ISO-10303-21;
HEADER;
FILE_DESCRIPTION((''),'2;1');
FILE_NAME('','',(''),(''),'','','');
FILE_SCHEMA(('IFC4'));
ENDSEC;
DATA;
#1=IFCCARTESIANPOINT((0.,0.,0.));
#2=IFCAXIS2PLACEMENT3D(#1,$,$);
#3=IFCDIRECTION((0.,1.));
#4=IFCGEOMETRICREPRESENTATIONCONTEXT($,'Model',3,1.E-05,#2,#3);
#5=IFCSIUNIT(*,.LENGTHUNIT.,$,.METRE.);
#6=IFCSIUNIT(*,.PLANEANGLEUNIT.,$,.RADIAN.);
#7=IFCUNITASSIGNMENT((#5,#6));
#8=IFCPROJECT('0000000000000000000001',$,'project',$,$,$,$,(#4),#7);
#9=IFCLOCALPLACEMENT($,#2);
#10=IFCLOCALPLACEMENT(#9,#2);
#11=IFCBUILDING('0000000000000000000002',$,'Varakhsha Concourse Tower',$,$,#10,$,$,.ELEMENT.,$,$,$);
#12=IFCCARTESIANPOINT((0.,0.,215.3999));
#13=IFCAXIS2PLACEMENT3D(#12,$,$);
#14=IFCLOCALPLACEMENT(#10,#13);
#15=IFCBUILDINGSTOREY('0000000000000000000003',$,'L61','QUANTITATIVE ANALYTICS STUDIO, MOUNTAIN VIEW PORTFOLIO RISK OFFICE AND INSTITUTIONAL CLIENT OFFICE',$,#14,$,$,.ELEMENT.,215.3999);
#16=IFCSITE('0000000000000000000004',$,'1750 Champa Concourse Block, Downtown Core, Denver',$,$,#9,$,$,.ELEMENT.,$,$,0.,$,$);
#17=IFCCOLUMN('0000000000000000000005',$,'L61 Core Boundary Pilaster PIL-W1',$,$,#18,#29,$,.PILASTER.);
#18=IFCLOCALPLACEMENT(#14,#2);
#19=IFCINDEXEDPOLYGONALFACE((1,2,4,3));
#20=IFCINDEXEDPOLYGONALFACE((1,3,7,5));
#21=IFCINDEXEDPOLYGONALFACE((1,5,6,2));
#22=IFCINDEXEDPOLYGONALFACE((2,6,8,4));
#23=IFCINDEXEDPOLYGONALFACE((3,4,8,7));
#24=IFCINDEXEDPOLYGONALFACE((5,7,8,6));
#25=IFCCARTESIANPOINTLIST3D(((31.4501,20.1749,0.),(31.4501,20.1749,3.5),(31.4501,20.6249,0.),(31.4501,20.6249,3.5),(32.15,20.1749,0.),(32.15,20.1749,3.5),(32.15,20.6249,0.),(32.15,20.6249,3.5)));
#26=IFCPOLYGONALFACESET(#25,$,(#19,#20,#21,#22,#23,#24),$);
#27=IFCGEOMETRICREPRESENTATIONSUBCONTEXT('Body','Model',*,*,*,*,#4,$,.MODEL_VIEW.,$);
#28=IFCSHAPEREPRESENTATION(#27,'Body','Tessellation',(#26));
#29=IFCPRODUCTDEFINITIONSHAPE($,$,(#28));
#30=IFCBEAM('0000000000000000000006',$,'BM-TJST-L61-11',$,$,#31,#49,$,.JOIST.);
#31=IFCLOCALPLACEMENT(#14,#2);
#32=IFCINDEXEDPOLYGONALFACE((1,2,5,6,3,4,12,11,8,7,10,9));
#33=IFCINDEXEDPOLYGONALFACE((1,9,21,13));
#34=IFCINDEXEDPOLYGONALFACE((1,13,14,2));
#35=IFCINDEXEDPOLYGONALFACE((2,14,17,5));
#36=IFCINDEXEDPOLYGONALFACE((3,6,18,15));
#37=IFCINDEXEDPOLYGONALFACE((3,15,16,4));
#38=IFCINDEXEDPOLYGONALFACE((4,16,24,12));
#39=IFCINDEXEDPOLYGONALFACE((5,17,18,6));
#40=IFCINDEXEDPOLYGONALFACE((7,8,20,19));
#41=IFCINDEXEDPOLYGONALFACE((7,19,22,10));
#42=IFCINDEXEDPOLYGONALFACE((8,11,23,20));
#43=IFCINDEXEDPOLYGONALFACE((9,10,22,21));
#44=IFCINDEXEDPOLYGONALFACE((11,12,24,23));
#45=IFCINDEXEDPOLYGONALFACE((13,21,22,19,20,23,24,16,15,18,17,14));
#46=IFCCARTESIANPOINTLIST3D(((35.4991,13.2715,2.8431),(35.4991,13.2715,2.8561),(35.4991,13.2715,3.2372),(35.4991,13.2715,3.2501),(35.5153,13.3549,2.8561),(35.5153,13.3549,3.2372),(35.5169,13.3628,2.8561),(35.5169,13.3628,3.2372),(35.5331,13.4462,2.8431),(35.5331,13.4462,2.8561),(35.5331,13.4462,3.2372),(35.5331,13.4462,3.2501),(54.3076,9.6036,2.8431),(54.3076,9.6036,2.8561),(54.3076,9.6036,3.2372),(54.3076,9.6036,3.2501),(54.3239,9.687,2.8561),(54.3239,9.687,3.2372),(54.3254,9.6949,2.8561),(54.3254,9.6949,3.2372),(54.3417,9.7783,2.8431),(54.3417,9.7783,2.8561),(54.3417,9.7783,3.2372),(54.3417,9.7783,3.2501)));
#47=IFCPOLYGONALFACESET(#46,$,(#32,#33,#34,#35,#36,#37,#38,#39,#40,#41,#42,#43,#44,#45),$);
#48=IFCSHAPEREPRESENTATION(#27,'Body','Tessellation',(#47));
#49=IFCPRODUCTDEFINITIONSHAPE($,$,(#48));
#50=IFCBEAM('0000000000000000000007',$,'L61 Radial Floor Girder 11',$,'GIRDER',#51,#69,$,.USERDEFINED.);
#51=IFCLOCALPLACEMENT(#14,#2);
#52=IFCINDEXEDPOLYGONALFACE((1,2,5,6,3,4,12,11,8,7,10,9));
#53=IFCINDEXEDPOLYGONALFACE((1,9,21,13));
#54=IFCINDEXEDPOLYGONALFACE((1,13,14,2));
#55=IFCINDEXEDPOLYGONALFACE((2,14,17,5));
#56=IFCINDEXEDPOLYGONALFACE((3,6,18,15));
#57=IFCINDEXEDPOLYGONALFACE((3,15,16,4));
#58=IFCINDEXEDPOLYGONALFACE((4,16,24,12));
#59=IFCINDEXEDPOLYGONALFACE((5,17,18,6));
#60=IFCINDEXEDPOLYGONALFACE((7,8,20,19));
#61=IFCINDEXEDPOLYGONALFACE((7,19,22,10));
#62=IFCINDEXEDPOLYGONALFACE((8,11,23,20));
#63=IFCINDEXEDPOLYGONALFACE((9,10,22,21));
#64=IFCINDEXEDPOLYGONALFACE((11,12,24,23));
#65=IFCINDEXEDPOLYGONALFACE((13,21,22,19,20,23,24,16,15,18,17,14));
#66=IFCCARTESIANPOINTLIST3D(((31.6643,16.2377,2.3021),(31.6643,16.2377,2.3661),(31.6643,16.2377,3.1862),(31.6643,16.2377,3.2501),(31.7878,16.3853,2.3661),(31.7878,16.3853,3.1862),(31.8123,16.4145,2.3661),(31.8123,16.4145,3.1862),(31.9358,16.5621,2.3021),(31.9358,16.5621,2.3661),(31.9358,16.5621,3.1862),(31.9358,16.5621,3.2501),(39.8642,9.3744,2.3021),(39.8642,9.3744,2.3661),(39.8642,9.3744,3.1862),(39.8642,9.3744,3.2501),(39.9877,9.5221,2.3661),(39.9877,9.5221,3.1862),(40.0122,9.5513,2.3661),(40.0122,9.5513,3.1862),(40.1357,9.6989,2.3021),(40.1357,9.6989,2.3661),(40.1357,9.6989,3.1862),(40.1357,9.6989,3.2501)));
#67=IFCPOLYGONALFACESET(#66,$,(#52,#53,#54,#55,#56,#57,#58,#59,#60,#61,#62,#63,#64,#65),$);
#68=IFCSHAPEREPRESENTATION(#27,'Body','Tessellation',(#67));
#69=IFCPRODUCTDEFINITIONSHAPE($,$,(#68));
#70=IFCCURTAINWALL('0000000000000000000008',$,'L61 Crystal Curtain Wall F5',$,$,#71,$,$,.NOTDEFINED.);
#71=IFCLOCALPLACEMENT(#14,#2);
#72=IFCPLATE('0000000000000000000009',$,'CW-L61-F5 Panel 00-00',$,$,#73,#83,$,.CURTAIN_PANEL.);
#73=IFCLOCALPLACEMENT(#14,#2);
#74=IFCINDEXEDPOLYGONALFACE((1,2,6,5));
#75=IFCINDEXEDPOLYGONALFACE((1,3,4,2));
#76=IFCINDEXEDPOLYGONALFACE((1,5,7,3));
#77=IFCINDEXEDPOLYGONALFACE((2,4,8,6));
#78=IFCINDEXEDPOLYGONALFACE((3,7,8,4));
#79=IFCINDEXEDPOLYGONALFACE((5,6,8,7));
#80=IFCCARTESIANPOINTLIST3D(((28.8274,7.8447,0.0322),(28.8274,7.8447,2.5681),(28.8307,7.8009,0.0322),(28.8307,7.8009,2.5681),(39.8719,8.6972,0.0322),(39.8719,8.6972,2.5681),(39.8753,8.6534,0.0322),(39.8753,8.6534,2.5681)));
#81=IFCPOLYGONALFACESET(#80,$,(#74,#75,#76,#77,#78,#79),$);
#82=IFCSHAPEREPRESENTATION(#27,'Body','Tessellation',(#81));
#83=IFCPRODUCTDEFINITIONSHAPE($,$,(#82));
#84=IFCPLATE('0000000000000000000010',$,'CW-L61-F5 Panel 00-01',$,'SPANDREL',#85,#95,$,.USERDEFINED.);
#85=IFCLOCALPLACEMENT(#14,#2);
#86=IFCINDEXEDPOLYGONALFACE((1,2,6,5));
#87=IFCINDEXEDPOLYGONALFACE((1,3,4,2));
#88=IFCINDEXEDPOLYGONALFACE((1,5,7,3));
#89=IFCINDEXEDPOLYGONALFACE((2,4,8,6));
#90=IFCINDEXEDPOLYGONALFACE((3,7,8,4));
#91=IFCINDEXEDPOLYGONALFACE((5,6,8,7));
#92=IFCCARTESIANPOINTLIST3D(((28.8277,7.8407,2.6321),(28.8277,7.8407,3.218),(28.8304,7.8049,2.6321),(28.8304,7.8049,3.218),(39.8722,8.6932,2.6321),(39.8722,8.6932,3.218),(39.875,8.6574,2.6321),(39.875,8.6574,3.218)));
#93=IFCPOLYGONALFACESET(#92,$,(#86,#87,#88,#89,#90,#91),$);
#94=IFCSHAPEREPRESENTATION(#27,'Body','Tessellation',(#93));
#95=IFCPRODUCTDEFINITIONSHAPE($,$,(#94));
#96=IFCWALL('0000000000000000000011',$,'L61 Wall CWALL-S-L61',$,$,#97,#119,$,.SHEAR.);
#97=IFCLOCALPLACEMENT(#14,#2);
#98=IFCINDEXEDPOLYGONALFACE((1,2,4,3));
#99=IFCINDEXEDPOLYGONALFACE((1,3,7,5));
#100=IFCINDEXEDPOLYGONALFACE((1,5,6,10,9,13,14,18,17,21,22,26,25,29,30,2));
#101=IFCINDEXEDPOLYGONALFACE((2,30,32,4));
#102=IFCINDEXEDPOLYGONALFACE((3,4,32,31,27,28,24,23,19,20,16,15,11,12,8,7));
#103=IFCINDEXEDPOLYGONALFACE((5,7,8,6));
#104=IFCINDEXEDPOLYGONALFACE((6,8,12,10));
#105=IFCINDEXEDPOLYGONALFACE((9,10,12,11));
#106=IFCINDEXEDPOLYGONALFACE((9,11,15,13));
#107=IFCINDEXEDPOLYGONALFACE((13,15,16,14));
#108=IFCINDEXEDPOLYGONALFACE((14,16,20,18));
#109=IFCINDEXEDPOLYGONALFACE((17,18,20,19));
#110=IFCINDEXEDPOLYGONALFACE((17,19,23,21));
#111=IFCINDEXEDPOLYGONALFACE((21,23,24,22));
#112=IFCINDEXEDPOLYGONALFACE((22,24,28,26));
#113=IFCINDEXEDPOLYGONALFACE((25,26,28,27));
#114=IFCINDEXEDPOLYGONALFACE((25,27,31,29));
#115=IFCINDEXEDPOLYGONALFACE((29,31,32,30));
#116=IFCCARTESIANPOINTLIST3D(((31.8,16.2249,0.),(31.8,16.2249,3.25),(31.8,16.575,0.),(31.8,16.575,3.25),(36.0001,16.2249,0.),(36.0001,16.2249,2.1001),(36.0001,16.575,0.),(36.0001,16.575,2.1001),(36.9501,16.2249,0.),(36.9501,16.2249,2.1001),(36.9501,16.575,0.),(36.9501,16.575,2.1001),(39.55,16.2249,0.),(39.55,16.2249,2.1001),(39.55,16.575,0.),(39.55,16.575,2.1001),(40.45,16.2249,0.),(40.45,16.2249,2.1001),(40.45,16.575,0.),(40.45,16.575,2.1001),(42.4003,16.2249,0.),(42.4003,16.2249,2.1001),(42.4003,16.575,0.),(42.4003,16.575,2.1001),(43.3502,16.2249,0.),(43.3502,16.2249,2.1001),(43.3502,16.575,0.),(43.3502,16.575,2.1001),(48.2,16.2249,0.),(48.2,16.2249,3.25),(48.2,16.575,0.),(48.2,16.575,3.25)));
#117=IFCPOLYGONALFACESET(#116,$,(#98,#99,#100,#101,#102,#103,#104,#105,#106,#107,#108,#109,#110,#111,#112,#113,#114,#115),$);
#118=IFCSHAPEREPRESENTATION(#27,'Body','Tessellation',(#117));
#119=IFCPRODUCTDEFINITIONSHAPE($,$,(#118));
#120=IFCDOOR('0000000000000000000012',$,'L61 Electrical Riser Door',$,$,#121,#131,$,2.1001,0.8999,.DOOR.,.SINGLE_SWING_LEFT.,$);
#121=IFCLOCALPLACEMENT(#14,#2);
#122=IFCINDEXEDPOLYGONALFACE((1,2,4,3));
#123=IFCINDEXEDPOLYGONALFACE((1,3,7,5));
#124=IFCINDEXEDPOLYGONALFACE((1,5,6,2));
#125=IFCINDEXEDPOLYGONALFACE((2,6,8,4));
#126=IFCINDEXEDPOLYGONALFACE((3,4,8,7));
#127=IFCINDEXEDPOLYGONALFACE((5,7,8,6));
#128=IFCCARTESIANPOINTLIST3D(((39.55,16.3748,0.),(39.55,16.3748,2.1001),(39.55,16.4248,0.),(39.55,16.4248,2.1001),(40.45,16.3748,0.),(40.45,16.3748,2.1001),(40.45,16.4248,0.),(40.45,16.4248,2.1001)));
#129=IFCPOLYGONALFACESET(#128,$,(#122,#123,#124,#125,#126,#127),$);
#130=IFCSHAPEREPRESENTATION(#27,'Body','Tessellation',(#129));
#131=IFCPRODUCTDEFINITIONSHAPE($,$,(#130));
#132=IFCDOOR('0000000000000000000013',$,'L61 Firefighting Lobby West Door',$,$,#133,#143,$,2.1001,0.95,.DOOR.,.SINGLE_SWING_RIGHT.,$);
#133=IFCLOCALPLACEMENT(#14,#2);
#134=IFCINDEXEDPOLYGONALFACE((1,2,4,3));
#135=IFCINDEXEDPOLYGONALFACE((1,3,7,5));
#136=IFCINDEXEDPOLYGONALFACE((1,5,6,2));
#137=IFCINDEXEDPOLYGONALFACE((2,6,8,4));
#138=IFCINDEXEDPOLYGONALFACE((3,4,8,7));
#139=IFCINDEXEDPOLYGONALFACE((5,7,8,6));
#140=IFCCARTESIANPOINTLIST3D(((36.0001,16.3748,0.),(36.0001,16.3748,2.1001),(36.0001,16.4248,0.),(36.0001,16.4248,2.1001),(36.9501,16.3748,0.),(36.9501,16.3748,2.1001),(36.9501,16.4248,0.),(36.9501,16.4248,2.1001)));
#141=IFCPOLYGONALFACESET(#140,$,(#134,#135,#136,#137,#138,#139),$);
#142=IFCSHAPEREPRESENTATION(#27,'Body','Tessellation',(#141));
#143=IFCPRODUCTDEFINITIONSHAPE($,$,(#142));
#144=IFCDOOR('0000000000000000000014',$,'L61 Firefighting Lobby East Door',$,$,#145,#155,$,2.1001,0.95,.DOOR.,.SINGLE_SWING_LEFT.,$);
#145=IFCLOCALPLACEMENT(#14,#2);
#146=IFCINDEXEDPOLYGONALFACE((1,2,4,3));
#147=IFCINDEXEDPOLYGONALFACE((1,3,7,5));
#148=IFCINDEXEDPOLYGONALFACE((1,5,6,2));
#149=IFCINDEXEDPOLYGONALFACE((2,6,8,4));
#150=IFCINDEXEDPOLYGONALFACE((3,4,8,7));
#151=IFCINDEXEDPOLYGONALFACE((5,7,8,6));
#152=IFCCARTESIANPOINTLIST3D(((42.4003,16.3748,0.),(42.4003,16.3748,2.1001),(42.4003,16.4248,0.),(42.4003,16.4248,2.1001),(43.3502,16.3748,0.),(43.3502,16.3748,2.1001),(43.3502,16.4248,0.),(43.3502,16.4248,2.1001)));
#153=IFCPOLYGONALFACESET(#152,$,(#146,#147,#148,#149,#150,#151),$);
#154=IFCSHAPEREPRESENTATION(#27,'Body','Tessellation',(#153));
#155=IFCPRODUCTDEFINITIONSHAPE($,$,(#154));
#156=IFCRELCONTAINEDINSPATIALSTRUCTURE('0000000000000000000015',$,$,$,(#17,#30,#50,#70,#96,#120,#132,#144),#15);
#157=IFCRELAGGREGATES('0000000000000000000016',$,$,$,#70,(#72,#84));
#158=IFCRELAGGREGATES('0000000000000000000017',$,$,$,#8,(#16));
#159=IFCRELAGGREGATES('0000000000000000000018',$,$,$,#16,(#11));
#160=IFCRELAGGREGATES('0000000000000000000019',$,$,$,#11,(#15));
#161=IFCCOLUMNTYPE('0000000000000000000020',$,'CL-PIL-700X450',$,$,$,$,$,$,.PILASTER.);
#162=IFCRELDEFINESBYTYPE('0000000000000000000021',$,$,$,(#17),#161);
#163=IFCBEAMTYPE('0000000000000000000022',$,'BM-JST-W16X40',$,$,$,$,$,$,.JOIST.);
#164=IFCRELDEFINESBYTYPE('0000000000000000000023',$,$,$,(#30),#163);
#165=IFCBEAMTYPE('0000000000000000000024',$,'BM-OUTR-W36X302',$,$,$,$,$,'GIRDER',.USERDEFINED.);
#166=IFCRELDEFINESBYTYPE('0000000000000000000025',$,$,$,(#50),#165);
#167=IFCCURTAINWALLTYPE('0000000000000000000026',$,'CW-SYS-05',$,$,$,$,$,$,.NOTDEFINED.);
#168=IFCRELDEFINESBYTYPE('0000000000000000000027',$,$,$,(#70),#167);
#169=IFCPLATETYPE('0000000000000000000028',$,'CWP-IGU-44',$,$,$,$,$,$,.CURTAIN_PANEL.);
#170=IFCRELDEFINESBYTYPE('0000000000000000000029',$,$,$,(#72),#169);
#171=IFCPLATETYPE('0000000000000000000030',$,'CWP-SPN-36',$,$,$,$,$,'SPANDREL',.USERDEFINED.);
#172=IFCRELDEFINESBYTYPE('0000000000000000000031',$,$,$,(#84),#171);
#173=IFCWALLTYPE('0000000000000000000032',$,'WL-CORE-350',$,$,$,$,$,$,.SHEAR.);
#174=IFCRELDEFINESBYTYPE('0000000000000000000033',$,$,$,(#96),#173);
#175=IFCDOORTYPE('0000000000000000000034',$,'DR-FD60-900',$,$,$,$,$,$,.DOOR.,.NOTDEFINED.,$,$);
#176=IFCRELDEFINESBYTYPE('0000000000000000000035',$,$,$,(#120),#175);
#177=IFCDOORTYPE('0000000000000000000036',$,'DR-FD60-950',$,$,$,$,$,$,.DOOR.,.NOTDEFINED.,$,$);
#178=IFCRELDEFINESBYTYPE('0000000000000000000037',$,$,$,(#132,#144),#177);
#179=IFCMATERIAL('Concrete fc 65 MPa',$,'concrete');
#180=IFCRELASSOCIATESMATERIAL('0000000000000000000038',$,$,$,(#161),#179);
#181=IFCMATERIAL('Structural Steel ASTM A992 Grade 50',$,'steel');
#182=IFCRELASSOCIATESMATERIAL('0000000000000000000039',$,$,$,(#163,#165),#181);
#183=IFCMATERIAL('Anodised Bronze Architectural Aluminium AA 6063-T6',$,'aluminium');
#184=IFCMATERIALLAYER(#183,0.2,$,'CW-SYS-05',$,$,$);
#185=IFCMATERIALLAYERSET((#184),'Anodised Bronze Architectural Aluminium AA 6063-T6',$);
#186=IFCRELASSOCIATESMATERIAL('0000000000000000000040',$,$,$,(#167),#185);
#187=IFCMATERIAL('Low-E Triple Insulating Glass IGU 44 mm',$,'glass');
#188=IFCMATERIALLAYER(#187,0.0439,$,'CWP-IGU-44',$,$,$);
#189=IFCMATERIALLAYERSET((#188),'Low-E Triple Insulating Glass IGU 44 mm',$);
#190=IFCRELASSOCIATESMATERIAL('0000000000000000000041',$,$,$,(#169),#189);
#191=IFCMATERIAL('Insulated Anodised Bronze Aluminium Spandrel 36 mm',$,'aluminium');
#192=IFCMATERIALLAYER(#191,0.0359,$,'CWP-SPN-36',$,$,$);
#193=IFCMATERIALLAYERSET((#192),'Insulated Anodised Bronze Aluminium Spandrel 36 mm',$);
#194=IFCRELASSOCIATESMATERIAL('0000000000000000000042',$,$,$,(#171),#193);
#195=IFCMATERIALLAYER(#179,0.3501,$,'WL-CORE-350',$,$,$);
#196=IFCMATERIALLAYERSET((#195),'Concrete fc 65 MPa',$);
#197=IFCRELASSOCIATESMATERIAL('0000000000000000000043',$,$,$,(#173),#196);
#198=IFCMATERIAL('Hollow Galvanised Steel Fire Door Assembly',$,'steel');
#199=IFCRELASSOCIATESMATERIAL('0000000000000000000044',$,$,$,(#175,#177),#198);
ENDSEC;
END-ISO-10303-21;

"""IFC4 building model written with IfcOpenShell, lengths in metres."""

from ifc_helpers import new_model, si_unit, direction, frame, frame_2d, origin, origin_2d, place, context, subcontext, project, spatial, rectangle, i_section, extrude, source, transform, mapped, material, layer, layer_set, material_profile, profile_set, type_object, type_shapes, element, fill, aggregate, save


model = new_model("IFC4")

# Units and contexts
model_context = context("Model", 3, precision=1e-05, world=origin(), true_north=direction((0.0, 1.0)))
body_context = subcontext(model_context, "Body", "Model", "MODEL_VIEW")
ifc_project = project(units=[si_unit("LENGTHUNIT", "METRE"), si_unit("PLANEANGLEUNIT", "RADIAN")], contexts=[model_context])

# Site, building, storey
site_placement = place(None, origin())
site = spatial("IfcSite", under=ifc_project, at=site_placement, Name="1750 Champa Concourse Block, Downtown Core, Denver", CompositionType="ELEMENT", RefElevation=0.0)
building_placement = place(site_placement, origin())
building = spatial("IfcBuilding", under=site, at=building_placement, Name="Varakhsha Concourse Tower", CompositionType="ELEMENT")
storey_placement = place(building_placement, frame((0.0, 0.0, 215.3999)))
storey = spatial("IfcBuildingStorey", under=building, at=storey_placement, Name="L61", Description="QUANTITATIVE ANALYTICS STUDIO, MOUNTAIN VIEW PORTFOLIO RISK OFFICE AND INSTITUTIONAL CLIENT OFFICE", CompositionType="ELEMENT", Elevation=215.3999)

# Column
ifc_material_1 = material(Name="Concrete fc 65 MPa", Category="concrete")
ifc_material_profile_1 = material_profile(ifc_material_1, rectangle(XDim=0.7, YDim=0.45, at=origin_2d()), Name="RC 700x450")
ifc_profile_set_1 = profile_set([ifc_material_profile_1], Name="Concrete fc 65 MPa")
column_type = type_object("IfcColumnType", Name="CL-PIL-700X450", PredefinedType="PILASTER", material=ifc_profile_set_1)
column_placement = place(storey_placement, frame((31.8, 20.3999, 0.0), z_axis=(0.0, 0.0, 1.0), x_axis=(1.0, 0.0, 0.0)))
element("IfcColumn", 1, at=column_placement, inside=storey, type_object=column_type, Name="L61 Core Boundary Pilaster PIL-W1", PredefinedType="PILASTER", context=body_context, shape_type="SweptSolid", body=[
    extrude(rectangle(XDim=0.7, YDim=0.45, at=origin_2d()), origin(), (0.0, 0.0, 1.0), 3.5),
])

# Beams
ifc_material_2 = material(Name="Structural Steel ASTM A992 Grade 50", Category="steel")
ifc_material_profile_2 = material_profile(ifc_material_2, i_section(OverallWidth=0.178, OverallDepth=0.407, WebThickness=0.0081, FlangeThickness=0.0129, at=origin_2d()), Name="W16X40")
ifc_profile_set_2 = profile_set([ifc_material_profile_2], Name="Structural Steel ASTM A992 Grade 50")
beam_type_1 = type_object("IfcBeamType", Name="BM-JST-W16X40", PredefinedType="JOIST", material=ifc_profile_set_2)
beam_1_placement = place(storey_placement, frame((35.5161, 13.3589, 3.0466), z_axis=(0.98151, -0.19141, 0.0), x_axis=(0.19141, 0.98151, 0.0)))
element("IfcBeam", 2, at=beam_1_placement, inside=storey, type_object=beam_type_1, Name="BM-TJST-L61-11", PredefinedType="JOIST", context=body_context, shape_type="SweptSolid", body=[
    extrude(i_section(OverallWidth=0.178, OverallDepth=0.407, WebThickness=0.0081, FlangeThickness=0.0129, at=origin_2d()), origin(), (0.0, 0.0, 1.0), 19.1628),
])
ifc_material_profile_3 = material_profile(ifc_material_2, i_section(OverallWidth=0.4231, OverallDepth=0.948, WebThickness=0.0381, FlangeThickness=0.064, at=origin_2d()), Name="W36X302")
ifc_profile_set_3 = profile_set([ifc_material_profile_3], Name="Structural Steel ASTM A992 Grade 50")
beam_type_2 = type_object("IfcBeamType", Name="BM-OUTR-W36X302", ElementType="GIRDER", PredefinedType="USERDEFINED", material=ifc_profile_set_3)
beam_2_placement = place(storey_placement, frame((31.8, 16.3999, 2.7761), z_axis=(0.76684, -0.641838, 0.0), x_axis=(0.641838, 0.76684, 0.0)))
element("IfcBeam", 3, at=beam_2_placement, inside=storey, type_object=beam_type_2, Name="L61 Radial Floor Girder 11", ObjectType="GIRDER", PredefinedType="USERDEFINED", context=body_context, shape_type="SweptSolid", body=[
    extrude(i_section(OverallWidth=0.4231, OverallDepth=0.948, WebThickness=0.0381, FlangeThickness=0.064, at=origin_2d()), origin(), (0.0, 0.0, 1.0), 10.6931),
])

# Curtain wall, plates
ifc_material_3 = material(Name="Anodised Bronze Architectural Aluminium AA 6063-T6", Category="aluminium")
ifc_layer_1 = layer(ifc_material_3, 0.2, Name="CW-SYS-05")
ifc_layer_set_1 = layer_set([ifc_layer_1], Name="Anodised Bronze Architectural Aluminium AA 6063-T6")
curtain_wall_type = type_object("IfcCurtainWallType", Name="CW-SYS-05", PredefinedType="NOTDEFINED", material=ifc_layer_set_1)
curtain_wall_placement = place(storey_placement, origin())
curtain_wall = element("IfcCurtainWall", 4, at=curtain_wall_placement, inside=storey, type_object=curtain_wall_type, Name="L61 Crystal Curtain Wall F5", PredefinedType="NOTDEFINED")
ifc_material_4 = material(Name="Low-E Triple Insulating Glass IGU 44 mm", Category="glass")
ifc_layer_2 = layer(ifc_material_4, 0.0439, Name="CWP-IGU-44")
ifc_layer_set_2 = layer_set([ifc_layer_2], Name="Low-E Triple Insulating Glass IGU 44 mm")
plate_type_1 = type_object("IfcPlateType", Name="CWP-IGU-44", PredefinedType="CURTAIN_PANEL", material=ifc_layer_set_2)
shared_shape_1 = source(origin(), body_context, "Body", "SweptSolid", [
    extrude(rectangle(XDim=11.0774, YDim=0.0439, at=origin_2d()), origin(), (0.0, 0.0, 1.0), 2.5359),
])
type_shapes(plate_type_1, [shared_shape_1])
plate_1_placement = place(storey_placement, frame((34.3513, 8.249, 0.0322), z_axis=(0.0, 0.0, 1.0), x_axis=(-0.997034, -0.076961, 0.0)))
plate_1 = element("IfcPlate", 5, at=plate_1_placement, type_object=plate_type_1, Name="CW-L61-F5 Panel 00-00", PredefinedType="CURTAIN_PANEL", context=body_context, shape_type="MappedRepresentation", body=[
    mapped(shared_shape_1, transform((0.0, 0.0, 0.0), scale=1.0)),
])
ifc_material_5 = material(Name="Insulated Anodised Bronze Aluminium Spandrel 36 mm", Category="aluminium")
ifc_layer_3 = layer(ifc_material_5, 0.0359, Name="CWP-SPN-36")
ifc_layer_set_3 = layer_set([ifc_layer_3], Name="Insulated Anodised Bronze Aluminium Spandrel 36 mm")
plate_type_2 = type_object("IfcPlateType", Name="CWP-SPN-36", ElementType="SPANDREL", PredefinedType="USERDEFINED", material=ifc_layer_set_3)
shared_shape_2 = source(origin(), body_context, "Body", "SweptSolid", [
    extrude(rectangle(XDim=11.0774, YDim=0.0359, at=origin_2d()), origin(), (0.0, 0.0, 1.0), 0.5859),
])
type_shapes(plate_type_2, [shared_shape_2])
plate_2_placement = place(storey_placement, frame((34.3513, 8.249, 2.6321), z_axis=(0.0, 0.0, 1.0), x_axis=(-0.997034, -0.076961, 0.0)))
plate_2 = element("IfcPlate", 6, at=plate_2_placement, type_object=plate_type_2, Name="CW-L61-F5 Panel 00-01", ObjectType="SPANDREL", PredefinedType="USERDEFINED", context=body_context, shape_type="MappedRepresentation", body=[
    mapped(shared_shape_2, transform((0.0, 0.0, 0.0), scale=1.0)),
])
aggregate(curtain_wall, [plate_1, plate_2])

# Wall, openings, doors
ifc_layer_4 = layer(ifc_material_1, 0.3501, Name="WL-CORE-350")
ifc_layer_set_4 = layer_set([ifc_layer_4], Name="Concrete fc 65 MPa")
wall_type_1 = type_object("IfcWallType", Name="WL-CORE-350", PredefinedType="SHEAR", material=ifc_layer_set_4)
wall_1_placement = place(storey_placement, frame((31.8, 16.3999, 0.0), z_axis=(0.0, 0.0, 1.0), x_axis=(1.0, 0.0, 0.0)))
wall_1 = element("IfcWall", 7, at=wall_1_placement, inside=storey, type_object=wall_type_1, Name="L61 Wall CWALL-S-L61", PredefinedType="SHEAR", context=body_context, shape_type="SweptSolid", body=[
    extrude(rectangle(XDim=16.3999, YDim=0.3501, at=frame_2d((8.2, 0.0))), origin(), (0.0, 0.0, 1.0), 3.25),
])
opening_1_placement = place(wall_1_placement, frame((7.75, 0.0, 0.0)))
opening_1 = element("IfcOpeningElement", 8, at=opening_1_placement, cuts=wall_1, PredefinedType="OPENING", context=body_context, shape_type="SweptSolid", body=[
    extrude(rectangle(XDim=0.8999, YDim=2.1001, at=frame_2d((0.45, 1.05))), frame((0.0, 0.1851, 0.0), z_axis=(0.0, -1.0, 0.0), x_axis=(1.0, 0.0, 0.0)), (0.0, 0.0, 1.0), 0.3701),
])
opening_2_placement = place(wall_1_placement, frame((4.2, 0.0, 0.0)))
opening_2 = element("IfcOpeningElement", 9, at=opening_2_placement, cuts=wall_1, PredefinedType="OPENING", context=body_context, shape_type="SweptSolid", body=[
    extrude(rectangle(XDim=0.95, YDim=2.1001, at=frame_2d((0.4751, 1.05))), frame((0.0, 0.1851, 0.0), z_axis=(0.0, -1.0, 0.0), x_axis=(1.0, 0.0, 0.0)), (0.0, 0.0, 1.0), 0.3701),
])
opening_3_placement = place(wall_1_placement, frame((10.6001, 0.0, 0.0)))
opening_3 = element("IfcOpeningElement", 10, at=opening_3_placement, cuts=wall_1, PredefinedType="OPENING", context=body_context, shape_type="SweptSolid", body=[
    extrude(rectangle(XDim=0.95, YDim=2.1001, at=frame_2d((0.4751, 1.05))), frame((0.0, 0.1851, 0.0), z_axis=(0.0, -1.0, 0.0), x_axis=(1.0, 0.0, 0.0)), (0.0, 0.0, 1.0), 0.3701),
])
ifc_material_6 = material(Name="Hollow Galvanised Steel Fire Door Assembly", Category="steel")
door_type_1 = type_object("IfcDoorType", Name="DR-FD60-900", OperationType="NOTDEFINED", PredefinedType="DOOR", material=ifc_material_6)
door_1_placement = place(opening_1_placement, origin())
door_1 = element("IfcDoor", 11, at=door_1_placement, inside=storey, type_object=door_type_1, Name="L61 Electrical Riser Door", OperationType="SINGLE_SWING_LEFT", OverallHeight=2.1001, OverallWidth=0.8999, PredefinedType="DOOR", context=body_context, shape_type="SweptSolid", body=[
    extrude(rectangle(XDim=0.8999, YDim=2.1001, at=frame_2d((0.45, 1.05))), frame((0.0, 0.0249, 0.0), z_axis=(0.0, -1.0, 0.0), x_axis=(1.0, 0.0, 0.0)), (0.0, 0.0, 1.0), 0.05),
])
fill(opening_1, door_1)
door_type_2 = type_object("IfcDoorType", Name="DR-FD60-950", OperationType="NOTDEFINED", PredefinedType="DOOR", material=ifc_material_6)
door_2_placement = place(opening_2_placement, origin())
door_2 = element("IfcDoor", 12, at=door_2_placement, inside=storey, type_object=door_type_2, Name="L61 Firefighting Lobby West Door", OperationType="SINGLE_SWING_RIGHT", OverallHeight=2.1001, OverallWidth=0.95, PredefinedType="DOOR", context=body_context, shape_type="SweptSolid", body=[
    extrude(rectangle(XDim=0.95, YDim=2.1001, at=frame_2d((0.4751, 1.05))), frame((0.0, 0.0249, 0.0), z_axis=(0.0, -1.0, 0.0), x_axis=(1.0, 0.0, 0.0)), (0.0, 0.0, 1.0), 0.05),
])
fill(opening_2, door_2)
door_3_placement = place(opening_3_placement, origin())
door_3 = element("IfcDoor", 13, at=door_3_placement, inside=storey, type_object=door_type_2, Name="L61 Firefighting Lobby East Door", OperationType="SINGLE_SWING_LEFT", OverallHeight=2.1001, OverallWidth=0.95, PredefinedType="DOOR", context=body_context, shape_type="SweptSolid", body=[
    extrude(rectangle(XDim=0.95, YDim=2.1001, at=frame_2d((0.4751, 1.05))), frame((0.0, 0.0249, 0.0), z_axis=(0.0, -1.0, 0.0), x_axis=(1.0, 0.0, 0.0)), (0.0, 0.0, 1.0), 0.05),
])
fill(opening_3, door_3)

save(model, "model.ifc")
